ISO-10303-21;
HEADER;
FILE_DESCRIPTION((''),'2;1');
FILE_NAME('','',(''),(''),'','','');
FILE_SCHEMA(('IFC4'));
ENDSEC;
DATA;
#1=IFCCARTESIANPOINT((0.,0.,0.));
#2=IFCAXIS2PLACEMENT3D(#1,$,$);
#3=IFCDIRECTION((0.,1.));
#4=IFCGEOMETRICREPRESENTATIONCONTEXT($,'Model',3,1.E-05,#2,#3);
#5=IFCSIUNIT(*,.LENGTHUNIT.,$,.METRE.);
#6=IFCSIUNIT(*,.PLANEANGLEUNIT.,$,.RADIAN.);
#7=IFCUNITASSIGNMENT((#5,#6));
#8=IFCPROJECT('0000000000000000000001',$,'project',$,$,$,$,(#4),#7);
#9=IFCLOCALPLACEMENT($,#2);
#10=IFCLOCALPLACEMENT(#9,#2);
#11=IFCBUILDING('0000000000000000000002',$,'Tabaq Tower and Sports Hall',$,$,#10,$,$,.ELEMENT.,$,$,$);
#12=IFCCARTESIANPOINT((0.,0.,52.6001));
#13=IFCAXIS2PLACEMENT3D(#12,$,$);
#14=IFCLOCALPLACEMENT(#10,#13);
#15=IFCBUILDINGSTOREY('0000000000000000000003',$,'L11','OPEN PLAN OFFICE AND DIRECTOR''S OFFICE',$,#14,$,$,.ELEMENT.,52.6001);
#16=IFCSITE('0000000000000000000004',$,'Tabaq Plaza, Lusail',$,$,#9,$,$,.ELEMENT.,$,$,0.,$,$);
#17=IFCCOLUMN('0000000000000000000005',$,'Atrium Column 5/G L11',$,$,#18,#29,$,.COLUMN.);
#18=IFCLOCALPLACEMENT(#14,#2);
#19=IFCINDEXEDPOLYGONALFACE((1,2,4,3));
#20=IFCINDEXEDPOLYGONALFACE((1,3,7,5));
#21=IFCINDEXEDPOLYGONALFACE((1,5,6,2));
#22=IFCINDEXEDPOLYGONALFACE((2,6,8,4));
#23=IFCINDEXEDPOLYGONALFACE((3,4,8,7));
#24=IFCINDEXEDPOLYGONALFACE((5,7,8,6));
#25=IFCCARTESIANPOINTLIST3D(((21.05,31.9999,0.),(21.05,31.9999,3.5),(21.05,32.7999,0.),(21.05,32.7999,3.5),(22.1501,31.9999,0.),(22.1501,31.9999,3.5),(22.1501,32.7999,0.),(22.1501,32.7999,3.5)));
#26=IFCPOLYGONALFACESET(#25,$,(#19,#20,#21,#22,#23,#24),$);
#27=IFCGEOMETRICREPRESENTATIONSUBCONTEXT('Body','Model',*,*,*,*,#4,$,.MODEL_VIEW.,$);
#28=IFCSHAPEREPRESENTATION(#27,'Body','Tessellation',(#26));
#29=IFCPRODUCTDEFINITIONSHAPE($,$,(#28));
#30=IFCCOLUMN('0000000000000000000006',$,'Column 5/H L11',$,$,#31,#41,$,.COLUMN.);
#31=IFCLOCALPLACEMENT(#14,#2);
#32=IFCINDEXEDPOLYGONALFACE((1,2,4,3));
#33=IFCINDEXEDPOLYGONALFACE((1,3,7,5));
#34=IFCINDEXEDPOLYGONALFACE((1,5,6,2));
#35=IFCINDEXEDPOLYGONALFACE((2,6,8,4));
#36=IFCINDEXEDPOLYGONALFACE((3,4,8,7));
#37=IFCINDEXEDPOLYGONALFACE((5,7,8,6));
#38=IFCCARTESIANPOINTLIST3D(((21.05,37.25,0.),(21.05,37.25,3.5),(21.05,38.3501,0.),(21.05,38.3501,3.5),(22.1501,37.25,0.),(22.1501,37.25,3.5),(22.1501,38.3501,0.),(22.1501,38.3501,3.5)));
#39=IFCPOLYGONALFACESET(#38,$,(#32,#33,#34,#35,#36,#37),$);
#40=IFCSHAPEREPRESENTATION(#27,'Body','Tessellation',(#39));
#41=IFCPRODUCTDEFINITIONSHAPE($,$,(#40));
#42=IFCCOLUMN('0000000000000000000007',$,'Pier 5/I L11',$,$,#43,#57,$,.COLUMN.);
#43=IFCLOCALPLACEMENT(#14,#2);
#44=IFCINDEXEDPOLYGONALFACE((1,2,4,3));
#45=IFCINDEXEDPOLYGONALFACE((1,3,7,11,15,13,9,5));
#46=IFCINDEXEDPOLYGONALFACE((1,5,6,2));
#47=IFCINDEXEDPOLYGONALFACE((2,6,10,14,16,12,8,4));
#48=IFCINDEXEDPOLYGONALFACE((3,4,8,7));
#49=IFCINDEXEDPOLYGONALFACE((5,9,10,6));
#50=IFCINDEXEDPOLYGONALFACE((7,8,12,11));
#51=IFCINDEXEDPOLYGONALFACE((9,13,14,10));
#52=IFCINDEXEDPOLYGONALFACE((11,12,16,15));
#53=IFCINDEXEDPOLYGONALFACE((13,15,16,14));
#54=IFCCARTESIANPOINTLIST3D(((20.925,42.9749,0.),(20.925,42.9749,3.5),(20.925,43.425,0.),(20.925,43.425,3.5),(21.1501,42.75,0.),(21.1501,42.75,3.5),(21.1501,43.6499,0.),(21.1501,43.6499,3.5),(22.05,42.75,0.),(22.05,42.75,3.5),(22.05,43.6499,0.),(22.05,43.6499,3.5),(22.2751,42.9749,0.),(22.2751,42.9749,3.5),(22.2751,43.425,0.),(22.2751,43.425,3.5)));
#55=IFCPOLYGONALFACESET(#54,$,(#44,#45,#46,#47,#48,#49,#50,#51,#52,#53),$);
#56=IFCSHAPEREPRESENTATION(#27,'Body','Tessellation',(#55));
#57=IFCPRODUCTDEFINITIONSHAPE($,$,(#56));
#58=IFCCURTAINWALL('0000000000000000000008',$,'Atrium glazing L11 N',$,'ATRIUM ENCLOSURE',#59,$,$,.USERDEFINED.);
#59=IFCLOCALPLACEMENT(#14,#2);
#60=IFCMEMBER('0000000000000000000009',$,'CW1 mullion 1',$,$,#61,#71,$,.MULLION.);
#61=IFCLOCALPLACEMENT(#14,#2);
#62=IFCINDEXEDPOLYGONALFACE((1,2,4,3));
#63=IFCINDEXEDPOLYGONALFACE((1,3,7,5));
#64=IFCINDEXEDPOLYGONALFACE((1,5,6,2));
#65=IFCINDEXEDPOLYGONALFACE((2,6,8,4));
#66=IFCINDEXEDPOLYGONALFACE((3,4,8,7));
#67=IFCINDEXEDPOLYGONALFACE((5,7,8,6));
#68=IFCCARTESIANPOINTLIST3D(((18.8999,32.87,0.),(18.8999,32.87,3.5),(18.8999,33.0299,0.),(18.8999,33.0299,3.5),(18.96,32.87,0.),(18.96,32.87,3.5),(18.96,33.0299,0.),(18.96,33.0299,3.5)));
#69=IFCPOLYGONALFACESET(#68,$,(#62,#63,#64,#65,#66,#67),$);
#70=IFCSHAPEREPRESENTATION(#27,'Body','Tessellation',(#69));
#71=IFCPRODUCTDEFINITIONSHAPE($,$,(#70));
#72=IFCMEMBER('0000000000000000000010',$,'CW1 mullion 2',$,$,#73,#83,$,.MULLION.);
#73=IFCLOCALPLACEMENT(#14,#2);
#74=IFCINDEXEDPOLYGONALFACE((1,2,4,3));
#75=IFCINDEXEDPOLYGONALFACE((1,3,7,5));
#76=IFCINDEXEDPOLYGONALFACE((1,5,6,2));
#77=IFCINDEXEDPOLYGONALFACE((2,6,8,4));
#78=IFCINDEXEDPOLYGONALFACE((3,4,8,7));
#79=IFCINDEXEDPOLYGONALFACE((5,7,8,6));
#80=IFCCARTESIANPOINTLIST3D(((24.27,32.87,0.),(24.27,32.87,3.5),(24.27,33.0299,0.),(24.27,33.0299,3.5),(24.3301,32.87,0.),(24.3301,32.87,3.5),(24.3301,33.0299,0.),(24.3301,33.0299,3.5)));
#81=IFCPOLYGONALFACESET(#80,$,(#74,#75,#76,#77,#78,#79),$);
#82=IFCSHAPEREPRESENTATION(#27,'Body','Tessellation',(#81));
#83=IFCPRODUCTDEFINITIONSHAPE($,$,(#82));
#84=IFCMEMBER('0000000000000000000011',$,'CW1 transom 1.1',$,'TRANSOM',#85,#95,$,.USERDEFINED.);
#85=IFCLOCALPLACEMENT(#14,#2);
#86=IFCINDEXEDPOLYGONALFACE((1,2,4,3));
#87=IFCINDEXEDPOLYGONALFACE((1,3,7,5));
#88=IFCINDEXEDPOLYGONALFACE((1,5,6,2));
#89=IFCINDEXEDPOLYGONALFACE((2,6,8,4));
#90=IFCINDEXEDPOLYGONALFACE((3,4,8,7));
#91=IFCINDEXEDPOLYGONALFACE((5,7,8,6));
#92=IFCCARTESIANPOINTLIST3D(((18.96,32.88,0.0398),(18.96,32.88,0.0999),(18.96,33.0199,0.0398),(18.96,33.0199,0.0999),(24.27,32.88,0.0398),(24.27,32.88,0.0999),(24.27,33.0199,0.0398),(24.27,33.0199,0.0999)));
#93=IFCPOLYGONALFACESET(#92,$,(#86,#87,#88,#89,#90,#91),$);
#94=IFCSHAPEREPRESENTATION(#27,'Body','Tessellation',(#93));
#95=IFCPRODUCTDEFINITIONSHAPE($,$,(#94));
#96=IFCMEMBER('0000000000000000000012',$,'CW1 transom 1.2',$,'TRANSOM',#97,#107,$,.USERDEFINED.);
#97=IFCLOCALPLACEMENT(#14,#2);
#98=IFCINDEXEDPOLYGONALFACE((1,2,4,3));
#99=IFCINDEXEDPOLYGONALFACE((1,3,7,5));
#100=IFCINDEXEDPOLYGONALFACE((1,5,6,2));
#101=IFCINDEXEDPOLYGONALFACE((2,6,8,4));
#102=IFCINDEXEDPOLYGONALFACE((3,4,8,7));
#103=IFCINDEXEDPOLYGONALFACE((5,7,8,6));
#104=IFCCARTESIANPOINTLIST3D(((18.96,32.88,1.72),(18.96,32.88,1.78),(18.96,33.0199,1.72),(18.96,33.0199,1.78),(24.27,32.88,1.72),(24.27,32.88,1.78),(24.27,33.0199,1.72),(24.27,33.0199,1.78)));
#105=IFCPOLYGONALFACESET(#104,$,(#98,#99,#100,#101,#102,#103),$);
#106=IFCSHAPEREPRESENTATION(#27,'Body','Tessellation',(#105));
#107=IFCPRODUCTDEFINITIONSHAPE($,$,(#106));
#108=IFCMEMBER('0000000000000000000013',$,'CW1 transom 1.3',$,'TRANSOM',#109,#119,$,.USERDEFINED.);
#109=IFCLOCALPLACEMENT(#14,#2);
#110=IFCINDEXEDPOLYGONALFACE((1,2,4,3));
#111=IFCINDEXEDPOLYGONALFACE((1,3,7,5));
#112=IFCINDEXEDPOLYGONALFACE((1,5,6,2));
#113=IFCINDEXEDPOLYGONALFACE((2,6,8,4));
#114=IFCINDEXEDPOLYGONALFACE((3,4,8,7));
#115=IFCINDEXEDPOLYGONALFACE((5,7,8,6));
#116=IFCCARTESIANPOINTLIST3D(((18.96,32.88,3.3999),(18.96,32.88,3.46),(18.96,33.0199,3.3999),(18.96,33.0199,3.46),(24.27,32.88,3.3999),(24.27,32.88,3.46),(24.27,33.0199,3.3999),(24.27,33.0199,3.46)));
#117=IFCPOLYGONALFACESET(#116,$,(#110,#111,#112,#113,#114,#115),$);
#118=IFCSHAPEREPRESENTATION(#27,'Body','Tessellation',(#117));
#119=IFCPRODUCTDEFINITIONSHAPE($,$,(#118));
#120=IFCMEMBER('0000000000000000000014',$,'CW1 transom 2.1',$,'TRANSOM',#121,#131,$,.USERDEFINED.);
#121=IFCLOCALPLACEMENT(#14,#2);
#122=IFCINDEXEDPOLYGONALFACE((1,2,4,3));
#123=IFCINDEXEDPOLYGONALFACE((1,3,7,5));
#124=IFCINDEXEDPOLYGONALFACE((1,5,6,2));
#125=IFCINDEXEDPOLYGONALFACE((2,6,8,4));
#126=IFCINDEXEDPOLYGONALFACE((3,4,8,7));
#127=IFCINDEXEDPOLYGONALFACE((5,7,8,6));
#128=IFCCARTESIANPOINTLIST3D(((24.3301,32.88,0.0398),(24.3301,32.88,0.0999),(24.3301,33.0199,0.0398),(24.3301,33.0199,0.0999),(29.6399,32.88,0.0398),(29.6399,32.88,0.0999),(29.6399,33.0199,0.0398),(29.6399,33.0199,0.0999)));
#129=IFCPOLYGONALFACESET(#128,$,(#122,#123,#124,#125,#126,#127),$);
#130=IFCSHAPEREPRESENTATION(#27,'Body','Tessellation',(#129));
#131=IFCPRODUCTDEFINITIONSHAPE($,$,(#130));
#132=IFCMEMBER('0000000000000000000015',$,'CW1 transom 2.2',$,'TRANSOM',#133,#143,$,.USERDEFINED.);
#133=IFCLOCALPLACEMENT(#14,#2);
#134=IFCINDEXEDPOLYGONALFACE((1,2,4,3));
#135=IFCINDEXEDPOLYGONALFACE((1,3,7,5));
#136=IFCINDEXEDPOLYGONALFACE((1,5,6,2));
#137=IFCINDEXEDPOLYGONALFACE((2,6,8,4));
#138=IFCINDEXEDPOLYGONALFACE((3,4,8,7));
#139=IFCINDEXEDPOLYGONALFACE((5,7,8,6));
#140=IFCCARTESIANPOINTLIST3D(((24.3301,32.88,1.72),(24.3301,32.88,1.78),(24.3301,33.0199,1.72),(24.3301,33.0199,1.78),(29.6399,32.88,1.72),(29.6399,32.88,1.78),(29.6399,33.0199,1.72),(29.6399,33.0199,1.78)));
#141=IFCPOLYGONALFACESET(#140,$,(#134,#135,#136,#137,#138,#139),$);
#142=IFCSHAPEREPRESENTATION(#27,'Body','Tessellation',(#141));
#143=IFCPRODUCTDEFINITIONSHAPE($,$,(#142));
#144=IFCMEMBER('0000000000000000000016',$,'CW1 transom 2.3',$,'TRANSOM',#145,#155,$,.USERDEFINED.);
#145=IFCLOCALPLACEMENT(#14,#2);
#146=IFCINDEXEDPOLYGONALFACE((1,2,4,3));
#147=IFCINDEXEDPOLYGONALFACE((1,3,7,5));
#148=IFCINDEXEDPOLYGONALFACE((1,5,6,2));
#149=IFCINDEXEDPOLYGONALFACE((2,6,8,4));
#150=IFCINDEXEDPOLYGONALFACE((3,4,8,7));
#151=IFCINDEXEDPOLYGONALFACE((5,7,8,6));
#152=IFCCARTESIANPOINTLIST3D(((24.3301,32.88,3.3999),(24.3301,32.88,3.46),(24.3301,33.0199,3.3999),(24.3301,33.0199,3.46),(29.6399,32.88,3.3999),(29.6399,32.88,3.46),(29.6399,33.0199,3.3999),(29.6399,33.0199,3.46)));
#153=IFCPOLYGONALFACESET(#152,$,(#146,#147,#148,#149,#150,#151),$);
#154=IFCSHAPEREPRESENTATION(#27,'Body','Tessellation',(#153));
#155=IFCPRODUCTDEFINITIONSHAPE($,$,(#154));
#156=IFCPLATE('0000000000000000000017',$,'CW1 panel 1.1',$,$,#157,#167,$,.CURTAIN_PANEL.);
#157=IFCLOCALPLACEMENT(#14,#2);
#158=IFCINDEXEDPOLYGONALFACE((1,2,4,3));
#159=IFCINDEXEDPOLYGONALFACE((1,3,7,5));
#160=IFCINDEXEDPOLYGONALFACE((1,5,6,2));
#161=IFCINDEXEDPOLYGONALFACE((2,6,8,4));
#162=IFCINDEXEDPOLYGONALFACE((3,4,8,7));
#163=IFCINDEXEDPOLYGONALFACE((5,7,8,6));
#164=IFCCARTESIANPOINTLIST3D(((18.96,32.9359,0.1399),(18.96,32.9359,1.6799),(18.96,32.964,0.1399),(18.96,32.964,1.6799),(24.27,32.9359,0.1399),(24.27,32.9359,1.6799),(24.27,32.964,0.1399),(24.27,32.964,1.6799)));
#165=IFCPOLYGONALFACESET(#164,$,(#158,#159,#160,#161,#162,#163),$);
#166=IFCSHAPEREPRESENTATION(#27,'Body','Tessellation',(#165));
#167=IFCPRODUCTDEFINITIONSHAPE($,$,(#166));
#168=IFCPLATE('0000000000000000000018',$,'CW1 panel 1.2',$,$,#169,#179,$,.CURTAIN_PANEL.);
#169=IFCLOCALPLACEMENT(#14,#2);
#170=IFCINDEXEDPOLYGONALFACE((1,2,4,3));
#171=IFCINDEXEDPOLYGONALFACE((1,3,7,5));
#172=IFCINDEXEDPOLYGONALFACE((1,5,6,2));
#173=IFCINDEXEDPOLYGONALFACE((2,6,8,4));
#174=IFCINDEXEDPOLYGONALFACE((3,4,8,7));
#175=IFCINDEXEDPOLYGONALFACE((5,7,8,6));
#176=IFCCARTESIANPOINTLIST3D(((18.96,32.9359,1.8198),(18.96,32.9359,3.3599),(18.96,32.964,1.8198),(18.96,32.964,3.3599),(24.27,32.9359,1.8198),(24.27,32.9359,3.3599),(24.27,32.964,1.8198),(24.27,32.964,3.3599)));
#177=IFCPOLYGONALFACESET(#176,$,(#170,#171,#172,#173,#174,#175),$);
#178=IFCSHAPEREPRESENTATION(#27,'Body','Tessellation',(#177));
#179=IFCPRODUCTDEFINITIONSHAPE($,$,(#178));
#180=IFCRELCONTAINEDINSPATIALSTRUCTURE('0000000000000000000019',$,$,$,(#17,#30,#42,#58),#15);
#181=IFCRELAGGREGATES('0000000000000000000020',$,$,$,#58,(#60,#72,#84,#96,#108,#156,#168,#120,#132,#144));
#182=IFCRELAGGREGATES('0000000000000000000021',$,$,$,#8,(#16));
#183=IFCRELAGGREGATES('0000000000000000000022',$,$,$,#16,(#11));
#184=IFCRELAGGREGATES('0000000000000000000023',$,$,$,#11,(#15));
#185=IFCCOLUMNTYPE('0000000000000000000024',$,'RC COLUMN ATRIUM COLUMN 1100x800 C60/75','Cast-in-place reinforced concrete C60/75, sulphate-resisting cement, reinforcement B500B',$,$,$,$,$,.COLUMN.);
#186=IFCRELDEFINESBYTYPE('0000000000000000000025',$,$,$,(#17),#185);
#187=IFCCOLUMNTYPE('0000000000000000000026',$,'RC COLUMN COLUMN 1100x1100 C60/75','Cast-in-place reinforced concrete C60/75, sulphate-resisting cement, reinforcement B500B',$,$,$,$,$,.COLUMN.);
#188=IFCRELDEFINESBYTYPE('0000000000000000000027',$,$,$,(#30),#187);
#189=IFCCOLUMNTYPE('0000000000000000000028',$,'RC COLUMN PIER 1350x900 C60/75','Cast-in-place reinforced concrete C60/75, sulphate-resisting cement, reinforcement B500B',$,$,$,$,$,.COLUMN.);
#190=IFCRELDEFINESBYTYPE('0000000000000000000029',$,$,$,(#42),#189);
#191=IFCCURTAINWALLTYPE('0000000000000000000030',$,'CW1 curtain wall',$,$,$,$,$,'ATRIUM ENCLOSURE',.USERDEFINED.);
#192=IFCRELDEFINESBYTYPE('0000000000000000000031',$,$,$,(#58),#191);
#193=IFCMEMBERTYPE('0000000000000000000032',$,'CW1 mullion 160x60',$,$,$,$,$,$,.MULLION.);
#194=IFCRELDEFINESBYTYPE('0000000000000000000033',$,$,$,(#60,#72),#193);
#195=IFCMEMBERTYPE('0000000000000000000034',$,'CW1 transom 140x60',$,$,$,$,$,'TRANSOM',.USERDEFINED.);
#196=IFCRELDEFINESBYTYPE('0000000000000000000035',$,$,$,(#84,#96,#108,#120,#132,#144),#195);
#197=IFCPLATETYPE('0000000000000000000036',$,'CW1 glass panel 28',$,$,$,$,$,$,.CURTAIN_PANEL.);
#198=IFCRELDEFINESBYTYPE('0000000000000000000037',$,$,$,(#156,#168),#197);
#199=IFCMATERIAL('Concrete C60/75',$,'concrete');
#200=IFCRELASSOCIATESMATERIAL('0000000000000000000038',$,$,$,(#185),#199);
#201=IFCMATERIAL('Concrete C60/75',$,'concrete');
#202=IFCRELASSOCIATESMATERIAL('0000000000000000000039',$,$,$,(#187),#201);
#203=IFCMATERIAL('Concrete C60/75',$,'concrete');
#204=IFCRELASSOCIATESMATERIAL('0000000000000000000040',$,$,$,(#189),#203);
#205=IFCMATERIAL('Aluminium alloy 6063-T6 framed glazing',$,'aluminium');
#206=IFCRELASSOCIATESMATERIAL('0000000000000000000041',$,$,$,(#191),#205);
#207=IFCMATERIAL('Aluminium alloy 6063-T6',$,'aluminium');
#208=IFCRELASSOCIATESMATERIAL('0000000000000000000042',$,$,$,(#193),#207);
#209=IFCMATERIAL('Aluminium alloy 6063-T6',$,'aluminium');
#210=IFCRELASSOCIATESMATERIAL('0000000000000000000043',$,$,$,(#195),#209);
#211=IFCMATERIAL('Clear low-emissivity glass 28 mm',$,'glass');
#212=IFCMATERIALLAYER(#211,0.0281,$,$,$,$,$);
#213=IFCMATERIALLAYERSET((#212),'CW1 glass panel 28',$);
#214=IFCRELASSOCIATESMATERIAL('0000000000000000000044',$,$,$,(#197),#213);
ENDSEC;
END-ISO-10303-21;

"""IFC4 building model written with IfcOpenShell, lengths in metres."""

from ifc_helpers import new_model, si_unit, direction, frame, origin, origin_2d, place, context, subcontext, project, spatial, polyline, rectangle, outline, extrude, material, layer, layer_set, material_profile, profile_set, type_object, element, aggregate, save


model = new_model("IFC4")

# Units and contexts
model_context = context("Model", 3, precision=1e-05, world=origin(), true_north=direction((0.0, 1.0)))
body_context = subcontext(model_context, "Body", "Model", "MODEL_VIEW")
ifc_project = project(units=[si_unit("LENGTHUNIT", "METRE"), si_unit("PLANEANGLEUNIT", "RADIAN")], contexts=[model_context])

# Site, building, storey
site_placement = place(None, origin())
site = spatial("IfcSite", under=ifc_project, at=site_placement, Name="Tabaq Plaza, Lusail", CompositionType="ELEMENT", RefElevation=0.0)
building_placement = place(site_placement, origin())
building = spatial("IfcBuilding", under=site, at=building_placement, Name="Tabaq Tower and Sports Hall", CompositionType="ELEMENT")
storey_placement = place(building_placement, frame((0.0, 0.0, 52.6001)))
storey = spatial("IfcBuildingStorey", under=building, at=storey_placement, Name="L11", Description="OPEN PLAN OFFICE AND DIRECTOR'S OFFICE", CompositionType="ELEMENT", Elevation=52.6001)

# Columns
ifc_material_1 = material(Name="Concrete C60/75", Category="concrete")
ifc_material_profile_1 = material_profile(ifc_material_1, rectangle(XDim=1.1001, YDim=0.8, at=origin_2d()), Name="ATRIUM COLUMN 1100x800")
ifc_profile_set_1 = profile_set([ifc_material_profile_1], Name="Concrete C60/75")
column_type_1 = type_object("IfcColumnType", Name="RC COLUMN ATRIUM COLUMN 1100x800 C60/75", Description="Cast-in-place reinforced concrete C60/75, sulphate-resisting cement, reinforcement B500B", PredefinedType="COLUMN", material=ifc_profile_set_1)
column_1_placement = place(storey_placement, frame((21.6001, 32.3999, 0.0), z_axis=(0.0, 0.0, 1.0), x_axis=(1.0, 0.0, 0.0)))
element("IfcColumn", 1, at=column_1_placement, inside=storey, type_object=column_type_1, Name="Atrium Column 5/G L11", PredefinedType="COLUMN", context=body_context, shape_type="SweptSolid", body=[
    extrude(rectangle(XDim=1.1001, YDim=0.8, at=origin_2d()), origin(), (0.0, 0.0, 1.0), 3.5),
])
ifc_material_2 = material(Name="Concrete C60/75", Category="concrete")
ifc_material_profile_2 = material_profile(ifc_material_2, rectangle(XDim=1.1001, YDim=1.1001, at=origin_2d()), Name="COLUMN 1100x1100")
ifc_profile_set_2 = profile_set([ifc_material_profile_2], Name="Concrete C60/75")
column_type_2 = type_object("IfcColumnType", Name="RC COLUMN COLUMN 1100x1100 C60/75", Description="Cast-in-place reinforced concrete C60/75, sulphate-resisting cement, reinforcement B500B", PredefinedType="COLUMN", material=ifc_profile_set_2)
column_2_placement = place(storey_placement, frame((21.6001, 37.8, 0.0), z_axis=(0.0, 0.0, 1.0), x_axis=(1.0, 0.0, 0.0)))
element("IfcColumn", 2, at=column_2_placement, inside=storey, type_object=column_type_2, Name="Column 5/H L11", PredefinedType="COLUMN", context=body_context, shape_type="SweptSolid", body=[
    extrude(rectangle(XDim=1.1001, YDim=1.1001, at=origin_2d()), origin(), (0.0, 0.0, 1.0), 3.5),
])
ifc_material_3 = material(Name="Concrete C60/75", Category="concrete")
ifc_material_profile_3 = material_profile(ifc_material_3, outline(polyline([(-0.45, -0.45), (0.45, -0.45), (0.675, -0.2251), (0.675, 0.2251), (0.45, 0.45), (-0.45, 0.45), (-0.675, 0.2251), (-0.675, -0.2251), (-0.45, -0.45)])), Name="PIER 1350x900")
ifc_profile_set_3 = profile_set([ifc_material_profile_3], Name="Concrete C60/75")
column_type_3 = type_object("IfcColumnType", Name="RC COLUMN PIER 1350x900 C60/75", Description="Cast-in-place reinforced concrete C60/75, sulphate-resisting cement, reinforcement B500B", PredefinedType="COLUMN", material=ifc_profile_set_3)
column_3_placement = place(storey_placement, frame((21.6001, 43.2, 0.0), z_axis=(0.0, 0.0, 1.0), x_axis=(1.0, 0.0, 0.0)))
element("IfcColumn", 3, at=column_3_placement, inside=storey, type_object=column_type_3, Name="Pier 5/I L11", PredefinedType="COLUMN", context=body_context, shape_type="SweptSolid", body=[
    extrude(outline(polyline([(-0.45, -0.45), (0.45, -0.45), (0.675, -0.2251), (0.675, 0.2251), (0.45, 0.45), (-0.45, 0.45), (-0.675, 0.2251), (-0.675, -0.2251), (-0.45, -0.45)])), origin(), (0.0, 0.0, 1.0), 3.5),
])

# Curtain wall, members, plates
ifc_material_4 = material(Name="Aluminium alloy 6063-T6 framed glazing", Category="aluminium")
curtain_wall_type = type_object("IfcCurtainWallType", Name="CW1 curtain wall", ElementType="ATRIUM ENCLOSURE", PredefinedType="USERDEFINED", material=ifc_material_4)
curtain_wall_placement = place(storey_placement, origin())
curtain_wall = element("IfcCurtainWall", 4, at=curtain_wall_placement, inside=storey, type_object=curtain_wall_type, Name="Atrium glazing L11 N", ObjectType="ATRIUM ENCLOSURE", PredefinedType="USERDEFINED")
ifc_material_5 = material(Name="Aluminium alloy 6063-T6", Category="aluminium")
ifc_material_profile_4 = material_profile(ifc_material_5, rectangle(XDim=0.1599, YDim=0.0601, at=origin_2d()), Name="MULLION 160x60")
ifc_profile_set_4 = profile_set([ifc_material_profile_4], Name="Aluminium alloy 6063-T6")
member_type_1 = type_object("IfcMemberType", Name="CW1 mullion 160x60", PredefinedType="MULLION", material=ifc_profile_set_4)
member_1_placement = place(storey_placement, frame((18.9299, 32.95, 0.0), z_axis=(0.0, 0.0, 1.0), x_axis=(0.0, 1.0, 0.0)))
member_1 = element("IfcMember", 5, at=member_1_placement, type_object=member_type_1, Name="CW1 mullion 1", PredefinedType="MULLION", context=body_context, shape_type="SweptSolid", body=[
    extrude(rectangle(XDim=0.1599, YDim=0.0601, at=origin_2d()), origin(), (0.0, 0.0, 1.0), 3.5),
])
member_2_placement = place(storey_placement, frame((24.3, 32.95, 0.0), z_axis=(0.0, 0.0, 1.0), x_axis=(0.0, 1.0, 0.0)))
member_2 = element("IfcMember", 6, at=member_2_placement, type_object=member_type_1, Name="CW1 mullion 2", PredefinedType="MULLION", context=body_context, shape_type="SweptSolid", body=[
    extrude(rectangle(XDim=0.1599, YDim=0.0601, at=origin_2d()), origin(), (0.0, 0.0, 1.0), 3.5),
])
ifc_material_6 = material(Name="Aluminium alloy 6063-T6", Category="aluminium")
ifc_material_profile_5 = material_profile(ifc_material_6, rectangle(XDim=0.1399, YDim=0.0601, at=origin_2d()), Name="TRANSOM 140x60")
ifc_profile_set_5 = profile_set([ifc_material_profile_5], Name="Aluminium alloy 6063-T6")
member_type_2 = type_object("IfcMemberType", Name="CW1 transom 140x60", ElementType="TRANSOM", PredefinedType="USERDEFINED", material=ifc_profile_set_5)
member_3_placement = place(storey_placement, frame((18.96, 32.95, 0.0698), z_axis=(1.0, 0.0, 0.0), x_axis=(0.0, 1.0, 0.0)))
member_3 = element("IfcMember", 7, at=member_3_placement, type_object=member_type_2, Name="CW1 transom 1.1", ObjectType="TRANSOM", PredefinedType="USERDEFINED", context=body_context, shape_type="SweptSolid", body=[
    extrude(rectangle(XDim=0.1399, YDim=0.0601, at=origin_2d()), origin(), (0.0, 0.0, 1.0), 5.3101),
])
member_4_placement = place(storey_placement, frame((18.96, 32.95, 1.75), z_axis=(1.0, 0.0, 0.0), x_axis=(0.0, 1.0, 0.0)))
member_4 = element("IfcMember", 8, at=member_4_placement, type_object=member_type_2, Name="CW1 transom 1.2", ObjectType="TRANSOM", PredefinedType="USERDEFINED", context=body_context, shape_type="SweptSolid", body=[
    extrude(rectangle(XDim=0.1399, YDim=0.0601, at=origin_2d()), origin(), (0.0, 0.0, 1.0), 5.3101),
])
member_5_placement = place(storey_placement, frame((18.96, 32.95, 3.4299), z_axis=(1.0, 0.0, 0.0), x_axis=(0.0, 1.0, 0.0)))
member_5 = element("IfcMember", 9, at=member_5_placement, type_object=member_type_2, Name="CW1 transom 1.3", ObjectType="TRANSOM", PredefinedType="USERDEFINED", context=body_context, shape_type="SweptSolid", body=[
    extrude(rectangle(XDim=0.1399, YDim=0.0601, at=origin_2d()), origin(), (0.0, 0.0, 1.0), 5.3101),
])
member_6_placement = place(storey_placement, frame((24.3301, 32.95, 0.0698), z_axis=(1.0, 0.0, 0.0), x_axis=(0.0, 1.0, 0.0)))
member_6 = element("IfcMember", 10, at=member_6_placement, type_object=member_type_2, Name="CW1 transom 2.1", ObjectType="TRANSOM", PredefinedType="USERDEFINED", context=body_context, shape_type="SweptSolid", body=[
    extrude(rectangle(XDim=0.1399, YDim=0.0601, at=origin_2d()), origin(), (0.0, 0.0, 1.0), 5.3098),
])
member_7_placement = place(storey_placement, frame((24.3301, 32.95, 1.75), z_axis=(1.0, 0.0, 0.0), x_axis=(0.0, 1.0, 0.0)))
member_7 = element("IfcMember", 11, at=member_7_placement, type_object=member_type_2, Name="CW1 transom 2.2", ObjectType="TRANSOM", PredefinedType="USERDEFINED", context=body_context, shape_type="SweptSolid", body=[
    extrude(rectangle(XDim=0.1399, YDim=0.0601, at=origin_2d()), origin(), (0.0, 0.0, 1.0), 5.3098),
])
member_8_placement = place(storey_placement, frame((24.3301, 32.95, 3.4299), z_axis=(1.0, 0.0, 0.0), x_axis=(0.0, 1.0, 0.0)))
member_8 = element("IfcMember", 12, at=member_8_placement, type_object=member_type_2, Name="CW1 transom 2.3", ObjectType="TRANSOM", PredefinedType="USERDEFINED", context=body_context, shape_type="SweptSolid", body=[
    extrude(rectangle(XDim=0.1399, YDim=0.0601, at=origin_2d()), origin(), (0.0, 0.0, 1.0), 5.3098),
])
ifc_material_7 = material(Name="Clear low-emissivity glass 28 mm", Category="glass")
ifc_layer_1 = layer(ifc_material_7, 0.0281)
ifc_layer_set_1 = layer_set([ifc_layer_1], Name="CW1 glass panel 28")
plate_type = type_object("IfcPlateType", Name="CW1 glass panel 28", PredefinedType="CURTAIN_PANEL", material=ifc_layer_set_1)
plate_1_placement = place(storey_placement, frame((21.615, 32.95, 0.1399), z_axis=(0.0, 0.0, 1.0), x_axis=(1.0, 0.0, 0.0)))
plate_1 = element("IfcPlate", 13, at=plate_1_placement, type_object=plate_type, Name="CW1 panel 1.1", PredefinedType="CURTAIN_PANEL", context=body_context, shape_type="SweptSolid", body=[
    extrude(rectangle(XDim=5.3101, YDim=0.0281, at=origin_2d()), origin(), (0.0, 0.0, 1.0), 1.54),
])
plate_2_placement = place(storey_placement, frame((21.615, 32.95, 1.8198), z_axis=(0.0, 0.0, 1.0), x_axis=(1.0, 0.0, 0.0)))
plate_2 = element("IfcPlate", 14, at=plate_2_placement, type_object=plate_type, Name="CW1 panel 1.2", PredefinedType="CURTAIN_PANEL", context=body_context, shape_type="SweptSolid", body=[
    extrude(rectangle(XDim=5.3101, YDim=0.0281, at=origin_2d()), origin(), (0.0, 0.0, 1.0), 1.54),
])
aggregate(curtain_wall, [member_1, member_2, member_3, member_4, member_5, plate_1, plate_2, member_6, member_7, member_8])

save(model, "model.ifc")
